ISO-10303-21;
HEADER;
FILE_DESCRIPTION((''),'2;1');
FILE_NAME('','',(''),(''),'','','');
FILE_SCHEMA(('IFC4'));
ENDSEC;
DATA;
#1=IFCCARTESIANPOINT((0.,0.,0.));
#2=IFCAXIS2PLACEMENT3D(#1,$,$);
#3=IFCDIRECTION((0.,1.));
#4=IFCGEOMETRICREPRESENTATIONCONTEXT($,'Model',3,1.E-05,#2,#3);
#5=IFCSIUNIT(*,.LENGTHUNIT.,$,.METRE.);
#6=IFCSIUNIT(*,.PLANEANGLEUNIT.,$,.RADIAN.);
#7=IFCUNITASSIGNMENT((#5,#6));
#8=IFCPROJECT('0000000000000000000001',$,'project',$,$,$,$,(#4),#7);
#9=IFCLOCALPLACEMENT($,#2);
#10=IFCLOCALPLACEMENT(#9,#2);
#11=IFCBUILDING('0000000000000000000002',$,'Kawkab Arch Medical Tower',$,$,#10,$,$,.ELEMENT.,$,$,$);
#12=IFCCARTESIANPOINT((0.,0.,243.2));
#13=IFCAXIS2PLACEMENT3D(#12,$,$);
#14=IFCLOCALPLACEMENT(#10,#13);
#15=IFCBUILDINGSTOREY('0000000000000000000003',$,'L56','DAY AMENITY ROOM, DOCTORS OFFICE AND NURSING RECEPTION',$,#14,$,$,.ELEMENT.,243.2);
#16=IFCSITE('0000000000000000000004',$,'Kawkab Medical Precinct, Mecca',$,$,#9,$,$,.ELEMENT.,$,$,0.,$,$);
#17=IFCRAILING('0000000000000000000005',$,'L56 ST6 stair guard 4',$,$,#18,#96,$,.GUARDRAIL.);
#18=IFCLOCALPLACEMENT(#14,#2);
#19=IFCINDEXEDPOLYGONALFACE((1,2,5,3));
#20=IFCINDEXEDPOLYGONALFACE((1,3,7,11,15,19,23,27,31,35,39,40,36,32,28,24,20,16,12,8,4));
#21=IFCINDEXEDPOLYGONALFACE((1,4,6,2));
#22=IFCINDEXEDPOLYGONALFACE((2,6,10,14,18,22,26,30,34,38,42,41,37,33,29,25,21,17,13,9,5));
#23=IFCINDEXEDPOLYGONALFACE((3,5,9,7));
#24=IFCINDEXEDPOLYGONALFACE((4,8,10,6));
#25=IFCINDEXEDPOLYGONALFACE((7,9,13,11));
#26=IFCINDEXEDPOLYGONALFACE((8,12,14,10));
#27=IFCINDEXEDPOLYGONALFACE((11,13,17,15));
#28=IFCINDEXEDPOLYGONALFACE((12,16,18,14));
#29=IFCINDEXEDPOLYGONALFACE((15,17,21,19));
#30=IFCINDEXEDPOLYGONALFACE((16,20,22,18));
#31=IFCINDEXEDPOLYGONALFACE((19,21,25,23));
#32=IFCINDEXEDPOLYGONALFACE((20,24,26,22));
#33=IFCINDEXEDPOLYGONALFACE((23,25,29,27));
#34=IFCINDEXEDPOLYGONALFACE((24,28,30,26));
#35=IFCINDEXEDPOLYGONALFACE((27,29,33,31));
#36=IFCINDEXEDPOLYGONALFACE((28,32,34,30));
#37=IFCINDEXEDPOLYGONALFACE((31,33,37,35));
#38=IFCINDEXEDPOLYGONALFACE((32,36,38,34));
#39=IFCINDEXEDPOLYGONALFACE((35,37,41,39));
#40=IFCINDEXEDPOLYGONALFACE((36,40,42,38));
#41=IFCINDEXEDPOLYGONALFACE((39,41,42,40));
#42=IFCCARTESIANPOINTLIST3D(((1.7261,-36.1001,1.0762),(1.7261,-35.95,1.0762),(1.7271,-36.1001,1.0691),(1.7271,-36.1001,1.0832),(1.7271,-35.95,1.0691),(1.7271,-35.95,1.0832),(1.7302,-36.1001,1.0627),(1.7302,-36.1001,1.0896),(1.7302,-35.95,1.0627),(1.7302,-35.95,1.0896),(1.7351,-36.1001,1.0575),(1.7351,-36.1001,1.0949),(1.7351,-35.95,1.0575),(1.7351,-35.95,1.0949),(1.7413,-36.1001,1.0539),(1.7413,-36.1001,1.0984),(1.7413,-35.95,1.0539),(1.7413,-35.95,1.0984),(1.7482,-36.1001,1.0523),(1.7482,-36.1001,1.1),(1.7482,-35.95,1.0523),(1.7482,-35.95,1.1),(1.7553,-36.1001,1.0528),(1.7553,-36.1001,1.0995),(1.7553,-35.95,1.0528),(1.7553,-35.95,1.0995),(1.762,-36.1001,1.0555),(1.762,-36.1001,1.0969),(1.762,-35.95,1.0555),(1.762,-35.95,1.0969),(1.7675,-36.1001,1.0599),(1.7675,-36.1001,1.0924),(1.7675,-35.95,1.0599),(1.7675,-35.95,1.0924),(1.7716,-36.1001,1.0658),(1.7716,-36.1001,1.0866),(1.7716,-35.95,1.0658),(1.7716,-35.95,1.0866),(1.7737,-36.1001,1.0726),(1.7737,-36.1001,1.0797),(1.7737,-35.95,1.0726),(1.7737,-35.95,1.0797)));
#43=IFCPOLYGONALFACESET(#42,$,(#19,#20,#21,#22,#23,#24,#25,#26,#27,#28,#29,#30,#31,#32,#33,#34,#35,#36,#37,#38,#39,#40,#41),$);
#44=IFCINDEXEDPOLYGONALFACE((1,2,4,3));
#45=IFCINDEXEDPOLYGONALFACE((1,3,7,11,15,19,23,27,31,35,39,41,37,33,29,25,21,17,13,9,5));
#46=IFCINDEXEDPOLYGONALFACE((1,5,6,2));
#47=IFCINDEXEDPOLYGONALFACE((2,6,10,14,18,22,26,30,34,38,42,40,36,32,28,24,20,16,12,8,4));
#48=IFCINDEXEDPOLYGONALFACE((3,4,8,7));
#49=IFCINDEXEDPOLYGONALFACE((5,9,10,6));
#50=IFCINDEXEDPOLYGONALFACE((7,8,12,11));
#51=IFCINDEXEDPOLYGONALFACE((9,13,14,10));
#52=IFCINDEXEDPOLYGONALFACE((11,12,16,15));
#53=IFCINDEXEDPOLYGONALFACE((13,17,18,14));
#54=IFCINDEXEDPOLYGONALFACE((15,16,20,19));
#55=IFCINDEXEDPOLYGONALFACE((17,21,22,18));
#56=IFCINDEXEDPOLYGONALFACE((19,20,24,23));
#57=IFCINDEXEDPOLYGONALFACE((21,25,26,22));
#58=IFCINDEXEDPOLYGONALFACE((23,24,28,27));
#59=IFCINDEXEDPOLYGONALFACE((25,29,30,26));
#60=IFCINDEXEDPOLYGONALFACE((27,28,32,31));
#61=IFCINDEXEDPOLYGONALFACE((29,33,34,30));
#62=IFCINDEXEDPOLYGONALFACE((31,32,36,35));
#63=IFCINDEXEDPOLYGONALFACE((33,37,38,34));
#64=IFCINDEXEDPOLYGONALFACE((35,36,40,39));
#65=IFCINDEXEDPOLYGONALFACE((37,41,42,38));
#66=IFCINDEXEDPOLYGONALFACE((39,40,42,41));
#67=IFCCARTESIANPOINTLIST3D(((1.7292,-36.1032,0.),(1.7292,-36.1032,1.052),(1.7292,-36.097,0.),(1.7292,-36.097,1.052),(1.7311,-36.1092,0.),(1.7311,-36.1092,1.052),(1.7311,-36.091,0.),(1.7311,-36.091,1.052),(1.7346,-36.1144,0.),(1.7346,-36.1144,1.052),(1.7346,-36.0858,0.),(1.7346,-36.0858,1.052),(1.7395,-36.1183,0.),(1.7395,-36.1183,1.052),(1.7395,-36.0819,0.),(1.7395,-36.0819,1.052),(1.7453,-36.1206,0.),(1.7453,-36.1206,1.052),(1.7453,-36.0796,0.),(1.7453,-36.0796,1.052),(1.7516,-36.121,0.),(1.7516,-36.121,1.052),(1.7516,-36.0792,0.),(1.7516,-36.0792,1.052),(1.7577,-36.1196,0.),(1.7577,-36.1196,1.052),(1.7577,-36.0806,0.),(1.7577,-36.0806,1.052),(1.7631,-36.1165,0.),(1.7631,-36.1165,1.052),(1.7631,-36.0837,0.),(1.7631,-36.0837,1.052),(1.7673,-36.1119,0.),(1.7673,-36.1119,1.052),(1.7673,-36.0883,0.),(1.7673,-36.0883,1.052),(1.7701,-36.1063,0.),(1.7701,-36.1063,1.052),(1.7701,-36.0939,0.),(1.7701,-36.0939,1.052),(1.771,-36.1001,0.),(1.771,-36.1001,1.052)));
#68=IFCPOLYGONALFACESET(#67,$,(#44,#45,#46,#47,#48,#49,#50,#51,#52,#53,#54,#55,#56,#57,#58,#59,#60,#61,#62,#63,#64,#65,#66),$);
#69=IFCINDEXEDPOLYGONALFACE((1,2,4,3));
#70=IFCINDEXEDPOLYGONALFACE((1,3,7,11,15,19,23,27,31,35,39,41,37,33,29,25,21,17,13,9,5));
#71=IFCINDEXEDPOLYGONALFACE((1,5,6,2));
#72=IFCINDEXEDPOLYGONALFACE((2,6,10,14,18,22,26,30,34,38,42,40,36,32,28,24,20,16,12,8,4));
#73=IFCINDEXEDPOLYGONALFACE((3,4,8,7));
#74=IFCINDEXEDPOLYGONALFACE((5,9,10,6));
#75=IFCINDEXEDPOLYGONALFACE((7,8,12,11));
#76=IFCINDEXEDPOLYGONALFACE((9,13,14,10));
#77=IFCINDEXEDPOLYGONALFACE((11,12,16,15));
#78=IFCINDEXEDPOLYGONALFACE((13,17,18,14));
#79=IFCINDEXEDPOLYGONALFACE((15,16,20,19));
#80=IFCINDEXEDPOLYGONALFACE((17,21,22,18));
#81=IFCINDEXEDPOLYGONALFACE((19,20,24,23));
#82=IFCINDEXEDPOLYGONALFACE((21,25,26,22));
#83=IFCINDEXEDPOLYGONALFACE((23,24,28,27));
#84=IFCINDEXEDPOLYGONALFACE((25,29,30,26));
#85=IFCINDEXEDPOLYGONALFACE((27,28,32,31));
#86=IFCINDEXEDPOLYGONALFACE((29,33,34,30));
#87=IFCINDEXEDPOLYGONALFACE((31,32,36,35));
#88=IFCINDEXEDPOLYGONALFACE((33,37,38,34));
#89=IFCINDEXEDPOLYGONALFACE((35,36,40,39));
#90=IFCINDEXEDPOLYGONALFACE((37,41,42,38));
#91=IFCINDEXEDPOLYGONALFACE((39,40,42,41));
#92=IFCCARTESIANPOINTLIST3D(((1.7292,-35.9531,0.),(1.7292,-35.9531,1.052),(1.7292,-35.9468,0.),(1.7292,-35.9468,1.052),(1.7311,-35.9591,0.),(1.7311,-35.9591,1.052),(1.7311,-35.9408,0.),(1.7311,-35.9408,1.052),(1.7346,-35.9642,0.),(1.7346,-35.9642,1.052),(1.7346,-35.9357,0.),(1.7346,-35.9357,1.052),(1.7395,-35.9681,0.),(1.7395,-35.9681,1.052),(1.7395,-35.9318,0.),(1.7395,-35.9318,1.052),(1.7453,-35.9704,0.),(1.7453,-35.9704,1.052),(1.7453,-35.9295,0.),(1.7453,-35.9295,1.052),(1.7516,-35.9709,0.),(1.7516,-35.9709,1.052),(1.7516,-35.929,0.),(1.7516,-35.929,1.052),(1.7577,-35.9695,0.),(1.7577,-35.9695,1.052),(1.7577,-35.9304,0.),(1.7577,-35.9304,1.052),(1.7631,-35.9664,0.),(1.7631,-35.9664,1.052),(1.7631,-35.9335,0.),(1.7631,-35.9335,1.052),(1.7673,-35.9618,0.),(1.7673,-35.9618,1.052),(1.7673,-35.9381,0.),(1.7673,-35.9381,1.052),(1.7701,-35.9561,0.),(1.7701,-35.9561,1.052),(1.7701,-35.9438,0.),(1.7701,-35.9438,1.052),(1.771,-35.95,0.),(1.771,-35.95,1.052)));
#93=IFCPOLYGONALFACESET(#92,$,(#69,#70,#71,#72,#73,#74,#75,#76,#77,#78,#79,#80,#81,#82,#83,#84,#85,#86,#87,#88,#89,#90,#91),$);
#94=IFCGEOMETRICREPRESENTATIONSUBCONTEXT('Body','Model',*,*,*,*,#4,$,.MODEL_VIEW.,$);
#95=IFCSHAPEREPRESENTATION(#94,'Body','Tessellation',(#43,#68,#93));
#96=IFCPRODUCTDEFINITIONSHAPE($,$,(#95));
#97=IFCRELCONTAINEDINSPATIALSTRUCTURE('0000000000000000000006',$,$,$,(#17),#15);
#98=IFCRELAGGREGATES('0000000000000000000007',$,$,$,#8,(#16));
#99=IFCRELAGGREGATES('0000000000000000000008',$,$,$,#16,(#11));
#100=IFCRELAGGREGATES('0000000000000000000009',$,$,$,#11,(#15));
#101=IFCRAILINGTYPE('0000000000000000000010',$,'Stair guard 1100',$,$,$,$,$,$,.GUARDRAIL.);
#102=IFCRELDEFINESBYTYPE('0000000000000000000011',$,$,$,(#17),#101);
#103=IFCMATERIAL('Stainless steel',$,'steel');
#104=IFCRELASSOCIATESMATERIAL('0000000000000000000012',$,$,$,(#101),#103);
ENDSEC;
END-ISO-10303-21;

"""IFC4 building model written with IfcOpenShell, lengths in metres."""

from ifc_helpers import new_model, si_unit, direction, frame, origin, origin_2d, place, context, subcontext, project, spatial, circle, extrude, material, type_object, element, save


model = new_model("IFC4")

# Units and contexts
model_context = context("Model", 3, precision=1e-05, world=origin(), true_north=direction((0.0, 1.0)))
body_context = subcontext(model_context, "Body", "Model", "MODEL_VIEW")
ifc_project = project(units=[si_unit("LENGTHUNIT", "METRE"), si_unit("PLANEANGLEUNIT", "RADIAN")], contexts=[model_context])

# Site, building, storey
site_placement = place(None, origin())
site = spatial("IfcSite", under=ifc_project, at=site_placement, Name="Kawkab Medical Precinct, Mecca", CompositionType="ELEMENT", RefElevation=0.0)
building_placement = place(site_placement, origin())
building = spatial("IfcBuilding", under=site, at=building_placement, Name="Kawkab Arch Medical Tower", CompositionType="ELEMENT")
storey_placement = place(building_placement, frame((0.0, 0.0, 243.2)))
storey = spatial("IfcBuildingStorey", under=building, at=storey_placement, Name="L56", Description="DAY AMENITY ROOM, DOCTORS OFFICE AND NURSING RECEPTION", CompositionType="ELEMENT", Elevation=243.2)

# Railing
ifc_material_1 = material(Name="Stainless steel", Category="steel")
railing_type_1 = type_object("IfcRailingType", Name="Stair guard 1100", PredefinedType="GUARDRAIL", material=ifc_material_1)
railing_1_placement = place(storey_placement, frame((1.75, -36.1001, 0.0)))
element("IfcRailing", 1, at=railing_1_placement, inside=storey, type_object=railing_type_1, Name="L56 ST6 stair guard 4", PredefinedType="GUARDRAIL", context=body_context, shape_type="SweptSolid", body=[
    extrude(circle(Radius=0.0239, at=origin_2d()), frame((0.0, 0.0, 1.0762), z_axis=(0.0, 1.0, 0.0), x_axis=(-1.0, 0.0, 0.0)), (0.0, 0.0, 1.0), 0.1501),
    extrude(circle(Radius=0.021, at=origin_2d()), origin(), (0.0, 0.0, 1.0), 1.052),
    extrude(circle(Radius=0.021, at=origin_2d()), frame((0.0, 0.1501, 0.0)), (0.0, 0.0, 1.0), 1.052),
])

save(model, "model.ifc")
